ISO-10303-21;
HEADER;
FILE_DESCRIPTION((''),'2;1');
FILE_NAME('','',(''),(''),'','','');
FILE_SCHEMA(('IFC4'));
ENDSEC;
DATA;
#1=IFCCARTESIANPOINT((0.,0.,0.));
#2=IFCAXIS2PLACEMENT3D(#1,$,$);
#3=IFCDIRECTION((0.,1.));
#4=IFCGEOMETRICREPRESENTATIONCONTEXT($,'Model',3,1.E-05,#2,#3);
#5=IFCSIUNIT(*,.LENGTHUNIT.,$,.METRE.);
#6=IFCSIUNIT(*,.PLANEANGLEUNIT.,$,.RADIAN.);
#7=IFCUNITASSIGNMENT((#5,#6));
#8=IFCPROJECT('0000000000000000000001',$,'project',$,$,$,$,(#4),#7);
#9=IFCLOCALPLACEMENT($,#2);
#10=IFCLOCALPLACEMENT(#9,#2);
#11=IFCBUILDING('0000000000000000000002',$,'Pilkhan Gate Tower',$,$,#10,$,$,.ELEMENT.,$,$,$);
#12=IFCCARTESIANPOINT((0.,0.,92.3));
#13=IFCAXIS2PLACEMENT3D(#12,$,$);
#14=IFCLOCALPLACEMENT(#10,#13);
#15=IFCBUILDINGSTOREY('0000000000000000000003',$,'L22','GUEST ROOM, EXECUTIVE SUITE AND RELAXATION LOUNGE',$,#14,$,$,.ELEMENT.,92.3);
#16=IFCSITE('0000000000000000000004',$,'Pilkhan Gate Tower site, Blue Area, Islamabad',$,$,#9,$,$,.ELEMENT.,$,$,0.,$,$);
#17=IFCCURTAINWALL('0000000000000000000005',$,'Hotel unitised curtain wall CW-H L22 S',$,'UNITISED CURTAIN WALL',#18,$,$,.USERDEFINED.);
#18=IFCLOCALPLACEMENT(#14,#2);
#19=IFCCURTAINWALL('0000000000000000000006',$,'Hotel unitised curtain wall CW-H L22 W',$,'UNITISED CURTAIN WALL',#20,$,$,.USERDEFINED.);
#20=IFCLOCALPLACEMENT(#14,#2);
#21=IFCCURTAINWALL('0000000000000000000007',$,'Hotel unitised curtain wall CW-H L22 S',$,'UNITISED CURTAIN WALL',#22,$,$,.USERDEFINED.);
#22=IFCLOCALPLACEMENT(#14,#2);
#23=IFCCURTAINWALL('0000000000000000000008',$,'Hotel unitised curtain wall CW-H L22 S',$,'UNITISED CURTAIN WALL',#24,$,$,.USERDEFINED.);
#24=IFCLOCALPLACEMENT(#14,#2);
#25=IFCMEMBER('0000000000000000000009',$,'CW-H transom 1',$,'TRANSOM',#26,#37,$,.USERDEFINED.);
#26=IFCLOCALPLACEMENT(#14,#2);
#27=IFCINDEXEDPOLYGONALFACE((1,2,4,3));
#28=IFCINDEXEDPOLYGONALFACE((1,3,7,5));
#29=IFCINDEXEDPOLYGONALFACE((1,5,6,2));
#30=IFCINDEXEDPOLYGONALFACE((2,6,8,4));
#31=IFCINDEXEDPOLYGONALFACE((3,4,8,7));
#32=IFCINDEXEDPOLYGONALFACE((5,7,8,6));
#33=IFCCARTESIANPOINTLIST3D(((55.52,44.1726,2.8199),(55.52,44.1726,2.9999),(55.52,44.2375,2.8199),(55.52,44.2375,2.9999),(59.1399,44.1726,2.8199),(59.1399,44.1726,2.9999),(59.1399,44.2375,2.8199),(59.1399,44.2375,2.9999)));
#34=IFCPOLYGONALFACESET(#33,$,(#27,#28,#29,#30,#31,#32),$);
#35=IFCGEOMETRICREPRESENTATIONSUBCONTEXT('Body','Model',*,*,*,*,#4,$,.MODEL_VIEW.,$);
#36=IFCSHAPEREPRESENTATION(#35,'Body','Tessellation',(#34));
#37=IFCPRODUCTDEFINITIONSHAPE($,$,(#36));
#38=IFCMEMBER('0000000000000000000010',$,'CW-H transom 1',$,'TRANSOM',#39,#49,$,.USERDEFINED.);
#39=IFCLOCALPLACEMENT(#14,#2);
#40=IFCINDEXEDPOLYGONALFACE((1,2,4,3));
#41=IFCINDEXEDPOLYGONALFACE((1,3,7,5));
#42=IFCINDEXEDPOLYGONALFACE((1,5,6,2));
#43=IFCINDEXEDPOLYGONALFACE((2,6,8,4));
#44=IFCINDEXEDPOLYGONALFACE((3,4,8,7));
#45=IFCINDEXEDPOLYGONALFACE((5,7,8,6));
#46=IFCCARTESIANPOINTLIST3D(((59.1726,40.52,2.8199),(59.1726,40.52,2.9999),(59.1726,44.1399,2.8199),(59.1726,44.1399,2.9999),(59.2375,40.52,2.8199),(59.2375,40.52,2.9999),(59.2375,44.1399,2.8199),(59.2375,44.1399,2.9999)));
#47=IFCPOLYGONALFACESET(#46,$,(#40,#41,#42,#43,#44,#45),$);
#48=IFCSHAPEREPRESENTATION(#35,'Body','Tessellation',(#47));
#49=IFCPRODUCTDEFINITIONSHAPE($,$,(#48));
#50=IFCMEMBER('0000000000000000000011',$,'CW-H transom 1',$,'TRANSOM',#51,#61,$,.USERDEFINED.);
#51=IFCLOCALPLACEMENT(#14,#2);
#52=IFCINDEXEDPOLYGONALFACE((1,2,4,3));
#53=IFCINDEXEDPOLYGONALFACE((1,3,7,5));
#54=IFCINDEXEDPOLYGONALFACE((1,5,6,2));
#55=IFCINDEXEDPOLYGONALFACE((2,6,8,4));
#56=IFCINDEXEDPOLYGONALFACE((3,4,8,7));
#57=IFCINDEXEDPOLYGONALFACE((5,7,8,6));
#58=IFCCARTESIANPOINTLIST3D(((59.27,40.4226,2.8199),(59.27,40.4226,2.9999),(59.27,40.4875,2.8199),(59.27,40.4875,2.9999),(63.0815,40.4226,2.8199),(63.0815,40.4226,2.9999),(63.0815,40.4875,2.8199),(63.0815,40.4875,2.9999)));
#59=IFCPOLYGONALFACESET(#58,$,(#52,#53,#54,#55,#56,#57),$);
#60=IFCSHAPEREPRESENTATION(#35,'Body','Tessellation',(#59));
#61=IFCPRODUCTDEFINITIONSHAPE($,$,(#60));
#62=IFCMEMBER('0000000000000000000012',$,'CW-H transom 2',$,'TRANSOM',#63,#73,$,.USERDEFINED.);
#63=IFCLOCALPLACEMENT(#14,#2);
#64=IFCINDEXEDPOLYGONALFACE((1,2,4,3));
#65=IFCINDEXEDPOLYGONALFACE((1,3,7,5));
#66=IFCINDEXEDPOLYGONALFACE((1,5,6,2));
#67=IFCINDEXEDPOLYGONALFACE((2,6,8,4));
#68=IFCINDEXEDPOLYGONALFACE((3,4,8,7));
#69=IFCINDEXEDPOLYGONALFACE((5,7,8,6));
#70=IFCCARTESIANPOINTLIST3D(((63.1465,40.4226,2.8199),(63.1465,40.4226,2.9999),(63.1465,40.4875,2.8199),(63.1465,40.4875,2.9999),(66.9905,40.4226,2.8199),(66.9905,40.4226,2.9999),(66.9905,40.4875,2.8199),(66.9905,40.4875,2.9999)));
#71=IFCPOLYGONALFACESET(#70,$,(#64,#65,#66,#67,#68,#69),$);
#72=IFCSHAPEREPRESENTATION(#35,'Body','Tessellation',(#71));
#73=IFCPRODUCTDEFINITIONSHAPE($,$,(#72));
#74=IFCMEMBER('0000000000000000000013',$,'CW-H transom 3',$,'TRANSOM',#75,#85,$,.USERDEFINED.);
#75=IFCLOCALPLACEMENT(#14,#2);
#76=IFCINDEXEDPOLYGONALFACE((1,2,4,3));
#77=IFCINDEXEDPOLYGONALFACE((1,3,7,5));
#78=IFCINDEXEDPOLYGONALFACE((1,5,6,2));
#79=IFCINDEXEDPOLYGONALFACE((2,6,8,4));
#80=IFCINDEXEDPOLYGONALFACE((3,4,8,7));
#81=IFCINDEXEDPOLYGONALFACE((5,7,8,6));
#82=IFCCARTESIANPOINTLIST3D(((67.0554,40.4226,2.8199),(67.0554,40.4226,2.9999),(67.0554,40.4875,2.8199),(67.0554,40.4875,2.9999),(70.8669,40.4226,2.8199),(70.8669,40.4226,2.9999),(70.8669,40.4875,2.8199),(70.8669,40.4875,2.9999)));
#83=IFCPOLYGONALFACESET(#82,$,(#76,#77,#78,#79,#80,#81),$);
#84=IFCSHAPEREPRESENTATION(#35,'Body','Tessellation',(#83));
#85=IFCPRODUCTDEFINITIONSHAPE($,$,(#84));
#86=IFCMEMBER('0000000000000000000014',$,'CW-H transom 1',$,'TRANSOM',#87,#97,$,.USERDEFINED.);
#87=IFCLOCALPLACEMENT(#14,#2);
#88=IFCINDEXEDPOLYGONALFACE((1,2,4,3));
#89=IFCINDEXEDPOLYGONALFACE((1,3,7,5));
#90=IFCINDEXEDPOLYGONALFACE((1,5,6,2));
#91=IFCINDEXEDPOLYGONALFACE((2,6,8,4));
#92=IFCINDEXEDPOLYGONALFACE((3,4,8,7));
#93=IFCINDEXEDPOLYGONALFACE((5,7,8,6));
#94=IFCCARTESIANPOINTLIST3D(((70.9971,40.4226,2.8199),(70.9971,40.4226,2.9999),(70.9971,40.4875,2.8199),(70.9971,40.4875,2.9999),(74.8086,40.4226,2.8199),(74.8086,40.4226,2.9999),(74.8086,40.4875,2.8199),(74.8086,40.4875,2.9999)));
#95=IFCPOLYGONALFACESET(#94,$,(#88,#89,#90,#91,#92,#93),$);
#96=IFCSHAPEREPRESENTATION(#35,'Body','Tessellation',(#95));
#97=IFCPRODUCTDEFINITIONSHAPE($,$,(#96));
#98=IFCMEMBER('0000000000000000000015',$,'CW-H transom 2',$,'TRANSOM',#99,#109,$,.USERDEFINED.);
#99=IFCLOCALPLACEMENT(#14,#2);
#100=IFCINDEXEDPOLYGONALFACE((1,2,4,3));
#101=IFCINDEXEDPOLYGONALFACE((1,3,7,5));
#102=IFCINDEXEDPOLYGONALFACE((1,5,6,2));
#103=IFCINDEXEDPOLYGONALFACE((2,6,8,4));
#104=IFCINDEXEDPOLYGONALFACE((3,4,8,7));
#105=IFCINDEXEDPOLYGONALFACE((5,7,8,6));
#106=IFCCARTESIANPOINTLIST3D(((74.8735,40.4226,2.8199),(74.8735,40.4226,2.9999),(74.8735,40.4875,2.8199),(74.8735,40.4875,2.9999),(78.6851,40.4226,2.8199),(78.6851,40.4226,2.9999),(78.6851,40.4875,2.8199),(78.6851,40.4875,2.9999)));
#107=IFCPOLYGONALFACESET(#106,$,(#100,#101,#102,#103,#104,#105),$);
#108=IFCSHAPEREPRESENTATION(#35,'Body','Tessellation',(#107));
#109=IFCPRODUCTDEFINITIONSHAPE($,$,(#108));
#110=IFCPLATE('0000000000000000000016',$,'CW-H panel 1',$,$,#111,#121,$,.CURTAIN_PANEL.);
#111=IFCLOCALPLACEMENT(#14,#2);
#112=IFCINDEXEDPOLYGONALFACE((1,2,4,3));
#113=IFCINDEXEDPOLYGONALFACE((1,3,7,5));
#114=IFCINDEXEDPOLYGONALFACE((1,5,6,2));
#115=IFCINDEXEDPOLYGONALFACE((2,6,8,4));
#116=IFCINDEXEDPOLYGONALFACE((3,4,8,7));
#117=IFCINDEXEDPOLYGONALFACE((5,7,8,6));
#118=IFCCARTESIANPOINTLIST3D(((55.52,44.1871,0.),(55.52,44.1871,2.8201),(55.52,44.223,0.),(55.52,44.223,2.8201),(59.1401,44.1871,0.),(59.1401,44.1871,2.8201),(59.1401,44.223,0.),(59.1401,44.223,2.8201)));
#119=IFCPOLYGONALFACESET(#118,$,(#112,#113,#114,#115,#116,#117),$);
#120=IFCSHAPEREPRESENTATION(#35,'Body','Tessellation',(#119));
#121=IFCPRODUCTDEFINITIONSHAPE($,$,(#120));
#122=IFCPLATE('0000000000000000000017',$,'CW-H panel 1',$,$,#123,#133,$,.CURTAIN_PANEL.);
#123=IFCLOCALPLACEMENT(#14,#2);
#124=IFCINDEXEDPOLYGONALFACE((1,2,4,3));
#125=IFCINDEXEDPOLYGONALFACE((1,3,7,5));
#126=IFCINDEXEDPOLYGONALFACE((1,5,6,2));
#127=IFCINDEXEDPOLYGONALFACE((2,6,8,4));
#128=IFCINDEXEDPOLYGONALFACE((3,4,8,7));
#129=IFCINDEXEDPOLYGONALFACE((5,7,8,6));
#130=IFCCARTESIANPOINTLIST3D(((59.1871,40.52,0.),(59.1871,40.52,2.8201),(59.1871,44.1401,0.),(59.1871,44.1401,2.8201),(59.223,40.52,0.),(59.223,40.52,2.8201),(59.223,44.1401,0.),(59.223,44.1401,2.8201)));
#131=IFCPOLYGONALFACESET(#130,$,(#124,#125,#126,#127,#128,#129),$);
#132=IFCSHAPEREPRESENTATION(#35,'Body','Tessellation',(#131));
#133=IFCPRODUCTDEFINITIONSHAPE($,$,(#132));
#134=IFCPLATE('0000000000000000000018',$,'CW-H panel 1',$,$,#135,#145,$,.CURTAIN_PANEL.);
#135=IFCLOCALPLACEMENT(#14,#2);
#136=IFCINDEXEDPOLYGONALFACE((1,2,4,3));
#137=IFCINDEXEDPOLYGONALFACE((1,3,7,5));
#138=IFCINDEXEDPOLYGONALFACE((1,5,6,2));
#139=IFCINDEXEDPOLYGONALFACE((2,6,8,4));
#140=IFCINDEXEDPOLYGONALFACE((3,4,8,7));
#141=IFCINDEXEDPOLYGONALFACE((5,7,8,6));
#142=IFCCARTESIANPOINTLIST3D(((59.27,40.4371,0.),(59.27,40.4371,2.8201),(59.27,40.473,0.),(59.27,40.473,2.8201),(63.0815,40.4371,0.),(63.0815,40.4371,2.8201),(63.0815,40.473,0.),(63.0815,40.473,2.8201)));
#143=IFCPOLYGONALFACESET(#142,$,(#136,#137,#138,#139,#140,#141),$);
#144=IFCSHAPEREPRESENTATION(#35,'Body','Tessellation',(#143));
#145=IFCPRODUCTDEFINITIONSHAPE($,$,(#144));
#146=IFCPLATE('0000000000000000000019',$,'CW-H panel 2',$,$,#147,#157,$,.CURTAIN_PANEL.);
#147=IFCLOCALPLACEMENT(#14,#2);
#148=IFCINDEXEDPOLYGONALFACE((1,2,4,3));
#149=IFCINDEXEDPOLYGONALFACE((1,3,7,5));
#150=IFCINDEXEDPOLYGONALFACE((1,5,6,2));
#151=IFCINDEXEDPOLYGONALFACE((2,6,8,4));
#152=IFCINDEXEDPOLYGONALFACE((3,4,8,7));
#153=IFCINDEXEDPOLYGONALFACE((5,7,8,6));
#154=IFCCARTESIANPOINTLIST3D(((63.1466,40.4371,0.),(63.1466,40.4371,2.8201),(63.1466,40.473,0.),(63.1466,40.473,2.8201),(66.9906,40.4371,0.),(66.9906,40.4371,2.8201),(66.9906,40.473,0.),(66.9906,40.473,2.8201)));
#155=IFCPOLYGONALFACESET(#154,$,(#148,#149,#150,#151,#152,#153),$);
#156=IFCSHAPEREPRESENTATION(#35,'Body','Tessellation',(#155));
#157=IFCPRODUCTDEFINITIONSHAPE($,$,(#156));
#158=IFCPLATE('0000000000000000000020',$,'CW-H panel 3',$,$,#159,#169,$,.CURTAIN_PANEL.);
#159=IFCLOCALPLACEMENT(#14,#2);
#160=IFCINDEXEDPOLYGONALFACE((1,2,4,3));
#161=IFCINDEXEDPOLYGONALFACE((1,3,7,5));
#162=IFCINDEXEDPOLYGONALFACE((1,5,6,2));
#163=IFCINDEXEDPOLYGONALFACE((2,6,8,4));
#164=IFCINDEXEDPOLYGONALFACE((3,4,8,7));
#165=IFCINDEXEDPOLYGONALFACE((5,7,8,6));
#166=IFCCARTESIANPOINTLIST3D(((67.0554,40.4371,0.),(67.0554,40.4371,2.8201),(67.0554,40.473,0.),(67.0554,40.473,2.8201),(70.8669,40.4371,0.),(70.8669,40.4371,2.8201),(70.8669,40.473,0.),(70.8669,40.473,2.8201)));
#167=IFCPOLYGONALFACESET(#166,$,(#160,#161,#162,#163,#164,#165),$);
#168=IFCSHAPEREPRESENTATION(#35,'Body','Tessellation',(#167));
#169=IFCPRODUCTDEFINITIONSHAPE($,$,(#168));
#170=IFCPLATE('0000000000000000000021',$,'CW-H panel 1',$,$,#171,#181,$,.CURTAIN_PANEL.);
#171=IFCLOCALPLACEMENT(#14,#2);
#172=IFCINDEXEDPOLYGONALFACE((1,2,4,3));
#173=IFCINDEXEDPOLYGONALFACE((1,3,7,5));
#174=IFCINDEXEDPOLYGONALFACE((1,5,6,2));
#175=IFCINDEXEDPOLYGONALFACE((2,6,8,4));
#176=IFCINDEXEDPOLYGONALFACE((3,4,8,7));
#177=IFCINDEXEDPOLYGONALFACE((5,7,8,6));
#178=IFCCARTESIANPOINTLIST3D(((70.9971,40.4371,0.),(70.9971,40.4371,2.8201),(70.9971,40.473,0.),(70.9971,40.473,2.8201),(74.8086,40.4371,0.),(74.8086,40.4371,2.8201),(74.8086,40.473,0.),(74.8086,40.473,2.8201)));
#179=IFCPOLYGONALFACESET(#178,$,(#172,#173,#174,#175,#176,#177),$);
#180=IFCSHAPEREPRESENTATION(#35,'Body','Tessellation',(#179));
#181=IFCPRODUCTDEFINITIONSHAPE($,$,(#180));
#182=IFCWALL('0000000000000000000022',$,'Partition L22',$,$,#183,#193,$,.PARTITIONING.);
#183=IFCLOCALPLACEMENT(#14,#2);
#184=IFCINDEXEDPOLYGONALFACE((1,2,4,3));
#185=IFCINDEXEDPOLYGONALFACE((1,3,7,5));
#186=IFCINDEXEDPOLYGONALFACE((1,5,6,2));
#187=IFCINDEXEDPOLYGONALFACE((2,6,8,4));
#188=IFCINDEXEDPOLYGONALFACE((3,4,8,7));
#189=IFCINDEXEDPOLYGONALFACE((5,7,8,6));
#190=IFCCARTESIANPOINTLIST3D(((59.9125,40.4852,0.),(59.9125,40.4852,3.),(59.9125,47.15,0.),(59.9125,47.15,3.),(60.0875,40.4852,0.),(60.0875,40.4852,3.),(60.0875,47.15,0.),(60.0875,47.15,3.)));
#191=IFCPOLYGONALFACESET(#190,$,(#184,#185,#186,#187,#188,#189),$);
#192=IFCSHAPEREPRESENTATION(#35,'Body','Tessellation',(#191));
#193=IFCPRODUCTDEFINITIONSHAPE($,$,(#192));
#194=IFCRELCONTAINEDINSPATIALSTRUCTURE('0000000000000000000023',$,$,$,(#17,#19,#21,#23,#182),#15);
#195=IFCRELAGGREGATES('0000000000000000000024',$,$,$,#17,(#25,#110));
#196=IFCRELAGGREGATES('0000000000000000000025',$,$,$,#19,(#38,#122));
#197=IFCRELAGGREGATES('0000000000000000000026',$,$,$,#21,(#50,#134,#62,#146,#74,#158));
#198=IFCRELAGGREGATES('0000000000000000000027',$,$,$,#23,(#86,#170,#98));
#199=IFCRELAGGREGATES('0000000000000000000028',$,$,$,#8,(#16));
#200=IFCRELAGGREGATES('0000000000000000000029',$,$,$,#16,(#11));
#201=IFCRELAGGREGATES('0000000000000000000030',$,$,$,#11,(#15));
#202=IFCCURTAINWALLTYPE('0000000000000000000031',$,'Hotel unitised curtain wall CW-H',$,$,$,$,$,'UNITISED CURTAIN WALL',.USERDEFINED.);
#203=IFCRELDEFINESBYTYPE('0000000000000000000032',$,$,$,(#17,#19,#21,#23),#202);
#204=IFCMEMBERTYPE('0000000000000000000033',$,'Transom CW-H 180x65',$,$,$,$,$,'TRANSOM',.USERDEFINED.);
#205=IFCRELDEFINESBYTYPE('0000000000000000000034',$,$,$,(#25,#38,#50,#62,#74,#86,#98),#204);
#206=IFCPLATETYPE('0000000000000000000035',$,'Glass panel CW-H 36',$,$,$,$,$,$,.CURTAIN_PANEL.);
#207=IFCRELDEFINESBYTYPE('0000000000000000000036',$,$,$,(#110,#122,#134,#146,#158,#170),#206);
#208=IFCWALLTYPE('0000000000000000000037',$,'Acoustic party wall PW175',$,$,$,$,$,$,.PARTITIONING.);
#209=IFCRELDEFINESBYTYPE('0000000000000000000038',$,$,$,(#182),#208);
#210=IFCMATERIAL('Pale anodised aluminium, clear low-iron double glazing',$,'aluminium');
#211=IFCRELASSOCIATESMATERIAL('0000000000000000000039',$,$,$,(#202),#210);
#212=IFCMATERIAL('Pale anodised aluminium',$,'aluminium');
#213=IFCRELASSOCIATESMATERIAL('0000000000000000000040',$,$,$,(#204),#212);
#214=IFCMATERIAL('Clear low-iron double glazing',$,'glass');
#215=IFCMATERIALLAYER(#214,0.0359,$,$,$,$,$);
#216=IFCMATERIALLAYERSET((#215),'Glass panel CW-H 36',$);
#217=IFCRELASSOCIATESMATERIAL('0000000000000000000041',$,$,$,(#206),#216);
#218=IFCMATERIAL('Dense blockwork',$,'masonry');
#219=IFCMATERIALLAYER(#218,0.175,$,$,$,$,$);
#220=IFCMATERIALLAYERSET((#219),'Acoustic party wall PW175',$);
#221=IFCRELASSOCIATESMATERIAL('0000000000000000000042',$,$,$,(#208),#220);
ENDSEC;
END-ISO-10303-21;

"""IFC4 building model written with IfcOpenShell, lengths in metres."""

from ifc_helpers import new_model, si_unit, direction, frame, frame_2d, origin, origin_2d, place, context, subcontext, project, spatial, rectangle, extrude, material, layer, layer_set, material_profile, profile_set, type_object, element, aggregate, save


model = new_model("IFC4")

# Units and contexts
model_context = context("Model", 3, precision=1e-05, world=origin(), true_north=direction((0.0, 1.0)))
body_context = subcontext(model_context, "Body", "Model", "MODEL_VIEW")
ifc_project = project(units=[si_unit("LENGTHUNIT", "METRE"), si_unit("PLANEANGLEUNIT", "RADIAN")], contexts=[model_context])

# Site, building, storey
site_placement = place(None, origin())
site = spatial("IfcSite", under=ifc_project, at=site_placement, Name="Pilkhan Gate Tower site, Blue Area, Islamabad", CompositionType="ELEMENT", RefElevation=0.0)
building_placement = place(site_placement, origin())
building = spatial("IfcBuilding", under=site, at=building_placement, Name="Pilkhan Gate Tower", CompositionType="ELEMENT")
storey_placement = place(building_placement, frame((0.0, 0.0, 92.3)))
storey = spatial("IfcBuildingStorey", under=building, at=storey_placement, Name="L22", Description="GUEST ROOM, EXECUTIVE SUITE AND RELAXATION LOUNGE", CompositionType="ELEMENT", Elevation=92.3)

# Shared definitions
ifc_material_1 = material(Name="Pale anodised aluminium, clear low-iron double glazing", Category="aluminium")
curtain_wall_type = type_object("IfcCurtainWallType", Name="Hotel unitised curtain wall CW-H", ElementType="UNITISED CURTAIN WALL", PredefinedType="USERDEFINED", material=ifc_material_1)
ifc_material_2 = material(Name="Pale anodised aluminium", Category="aluminium")

# Curtain walls
curtain_wall_1_placement = place(storey_placement, origin())
curtain_wall_1 = element("IfcCurtainWall", 1, at=curtain_wall_1_placement, inside=storey, type_object=curtain_wall_type, Name="Hotel unitised curtain wall CW-H L22 S", ObjectType="UNITISED CURTAIN WALL", PredefinedType="USERDEFINED")
curtain_wall_2_placement = place(storey_placement, origin())
curtain_wall_2 = element("IfcCurtainWall", 2, at=curtain_wall_2_placement, inside=storey, type_object=curtain_wall_type, Name="Hotel unitised curtain wall CW-H L22 W", ObjectType="UNITISED CURTAIN WALL", PredefinedType="USERDEFINED")
curtain_wall_3_placement = place(storey_placement, origin())
curtain_wall_3 = element("IfcCurtainWall", 3, at=curtain_wall_3_placement, inside=storey, type_object=curtain_wall_type, Name="Hotel unitised curtain wall CW-H L22 S", ObjectType="UNITISED CURTAIN WALL", PredefinedType="USERDEFINED")
curtain_wall_4_placement = place(storey_placement, origin())
curtain_wall_4 = element("IfcCurtainWall", 4, at=curtain_wall_4_placement, inside=storey, type_object=curtain_wall_type, Name="Hotel unitised curtain wall CW-H L22 S", ObjectType="UNITISED CURTAIN WALL", PredefinedType="USERDEFINED")

# Members
ifc_material_profile_1 = material_profile(ifc_material_2, rectangle(XDim=0.0649, YDim=0.1799, at=origin_2d()), Name="Transom 180x65")
ifc_profile_set_1 = profile_set([ifc_material_profile_1], Name="Pale anodised aluminium")
member_type_1 = type_object("IfcMemberType", Name="Transom CW-H 180x65", ElementType="TRANSOM", PredefinedType="USERDEFINED", material=ifc_profile_set_1)
member_1_placement = place(storey_placement, frame((55.52, 44.2051, 2.9099), z_axis=(1.0, 0.0, 0.0), x_axis=(0.0, 1.0, 0.0)))
member_1 = element("IfcMember", 5, at=member_1_placement, type_object=member_type_1, Name="CW-H transom 1", ObjectType="TRANSOM", PredefinedType="USERDEFINED", context=body_context, shape_type="SweptSolid", body=[
    extrude(rectangle(XDim=0.0649, YDim=0.1799, at=origin_2d()), origin(), (0.0, 0.0, 1.0), 3.6199),
])
member_2_placement = place(storey_placement, frame((59.2051, 40.52, 2.9099), z_axis=(0.0, 1.0, 0.0), x_axis=(-1.0, 0.0, 0.0)))
member_2 = element("IfcMember", 6, at=member_2_placement, type_object=member_type_1, Name="CW-H transom 1", ObjectType="TRANSOM", PredefinedType="USERDEFINED", context=body_context, shape_type="SweptSolid", body=[
    extrude(rectangle(XDim=0.0649, YDim=0.1799, at=origin_2d()), origin(), (0.0, 0.0, 1.0), 3.6199),
])
member_3_placement = place(storey_placement, frame((59.27, 40.4551, 2.9099), z_axis=(1.0, 0.0, 0.0), x_axis=(0.0, 1.0, 0.0)))
member_3 = element("IfcMember", 7, at=member_3_placement, type_object=member_type_1, Name="CW-H transom 1", ObjectType="TRANSOM", PredefinedType="USERDEFINED", context=body_context, shape_type="SweptSolid", body=[
    extrude(rectangle(XDim=0.0649, YDim=0.1799, at=origin_2d()), origin(), (0.0, 0.0, 1.0), 3.8115),
])
member_4_placement = place(storey_placement, frame((63.1465, 40.4551, 2.9099), z_axis=(1.0, 0.0, 0.0), x_axis=(0.0, 1.0, 0.0)))
member_4 = element("IfcMember", 8, at=member_4_placement, type_object=member_type_1, Name="CW-H transom 2", ObjectType="TRANSOM", PredefinedType="USERDEFINED", context=body_context, shape_type="SweptSolid", body=[
    extrude(rectangle(XDim=0.0649, YDim=0.1799, at=origin_2d()), origin(), (0.0, 0.0, 1.0), 3.844),
])
member_5_placement = place(storey_placement, frame((67.0554, 40.4551, 2.9099), z_axis=(1.0, 0.0, 0.0), x_axis=(0.0, 1.0, 0.0)))
member_5 = element("IfcMember", 9, at=member_5_placement, type_object=member_type_1, Name="CW-H transom 3", ObjectType="TRANSOM", PredefinedType="USERDEFINED", context=body_context, shape_type="SweptSolid", body=[
    extrude(rectangle(XDim=0.0649, YDim=0.1799, at=origin_2d()), origin(), (0.0, 0.0, 1.0), 3.8115),
])
member_6_placement = place(storey_placement, frame((70.9971, 40.4551, 2.9099), z_axis=(1.0, 0.0, 0.0), x_axis=(0.0, 1.0, 0.0)))
member_6 = element("IfcMember", 10, at=member_6_placement, type_object=member_type_1, Name="CW-H transom 1", ObjectType="TRANSOM", PredefinedType="USERDEFINED", context=body_context, shape_type="SweptSolid", body=[
    extrude(rectangle(XDim=0.0649, YDim=0.1799, at=origin_2d()), origin(), (0.0, 0.0, 1.0), 3.8115),
])
member_7_placement = place(storey_placement, frame((74.8735, 40.4551, 2.9099), z_axis=(1.0, 0.0, 0.0), x_axis=(0.0, 1.0, 0.0)))
member_7 = element("IfcMember", 11, at=member_7_placement, type_object=member_type_1, Name="CW-H transom 2", ObjectType="TRANSOM", PredefinedType="USERDEFINED", context=body_context, shape_type="SweptSolid", body=[
    extrude(rectangle(XDim=0.0649, YDim=0.1799, at=origin_2d()), origin(), (0.0, 0.0, 1.0), 3.8115),
])

# Plates
ifc_material_3 = material(Name="Clear low-iron double glazing", Category="glass")
ifc_layer_1 = layer(ifc_material_3, 0.0359)
ifc_layer_set_1 = layer_set([ifc_layer_1], Name="Glass panel CW-H 36")
plate_type = type_object("IfcPlateType", Name="Glass panel CW-H 36", PredefinedType="CURTAIN_PANEL", material=ifc_layer_set_1)
plate_1_placement = place(storey_placement, frame((57.3301, 44.2051, 0.0), z_axis=(0.0, 0.0, 1.0), x_axis=(1.0, 0.0, 0.0)))
plate_1 = element("IfcPlate", 12, at=plate_1_placement, type_object=plate_type, Name="CW-H panel 1", PredefinedType="CURTAIN_PANEL", context=body_context, shape_type="SweptSolid", body=[
    extrude(rectangle(XDim=3.6201, YDim=0.0359, at=origin_2d()), origin(), (0.0, 0.0, 1.0), 2.8201),
])
aggregate(curtain_wall_1, [member_1, plate_1])
plate_2_placement = place(storey_placement, frame((59.2051, 42.3301, 0.0), z_axis=(0.0, 0.0, 1.0), x_axis=(0.0, 1.0, 0.0)))
plate_2 = element("IfcPlate", 13, at=plate_2_placement, type_object=plate_type, Name="CW-H panel 1", PredefinedType="CURTAIN_PANEL", context=body_context, shape_type="SweptSolid", body=[
    extrude(rectangle(XDim=3.6201, YDim=0.0359, at=origin_2d()), origin(), (0.0, 0.0, 1.0), 2.8201),
])
aggregate(curtain_wall_2, [member_2, plate_2])
plate_3_placement = place(storey_placement, frame((61.1758, 40.4551, 0.0), z_axis=(0.0, 0.0, 1.0), x_axis=(1.0, 0.0, 0.0)))
plate_3 = element("IfcPlate", 14, at=plate_3_placement, type_object=plate_type, Name="CW-H panel 1", PredefinedType="CURTAIN_PANEL", context=body_context, shape_type="SweptSolid", body=[
    extrude(rectangle(XDim=3.8115, YDim=0.0359, at=origin_2d()), origin(), (0.0, 0.0, 1.0), 2.8201),
])
plate_4_placement = place(storey_placement, frame((65.0686, 40.4551, 0.0), z_axis=(0.0, 0.0, 1.0), x_axis=(1.0, 0.0, 0.0)))
plate_4 = element("IfcPlate", 15, at=plate_4_placement, type_object=plate_type, Name="CW-H panel 2", PredefinedType="CURTAIN_PANEL", context=body_context, shape_type="SweptSolid", body=[
    extrude(rectangle(XDim=3.844, YDim=0.0359, at=origin_2d()), origin(), (0.0, 0.0, 1.0), 2.8201),
])
plate_5_placement = place(storey_placement, frame((68.9612, 40.4551, 0.0), z_axis=(0.0, 0.0, 1.0), x_axis=(1.0, 0.0, 0.0)))
plate_5 = element("IfcPlate", 16, at=plate_5_placement, type_object=plate_type, Name="CW-H panel 3", PredefinedType="CURTAIN_PANEL", context=body_context, shape_type="SweptSolid", body=[
    extrude(rectangle(XDim=3.8115, YDim=0.0359, at=origin_2d()), origin(), (0.0, 0.0, 1.0), 2.8201),
])
aggregate(curtain_wall_3, [member_3, plate_3, member_4, plate_4, member_5, plate_5])
plate_6_placement = place(storey_placement, frame((72.9028, 40.4551, 0.0), z_axis=(0.0, 0.0, 1.0), x_axis=(1.0, 0.0, 0.0)))
plate_6 = element("IfcPlate", 17, at=plate_6_placement, type_object=plate_type, Name="CW-H panel 1", PredefinedType="CURTAIN_PANEL", context=body_context, shape_type="SweptSolid", body=[
    extrude(rectangle(XDim=3.8115, YDim=0.0359, at=origin_2d()), origin(), (0.0, 0.0, 1.0), 2.8201),
])
aggregate(curtain_wall_4, [member_6, plate_6, member_7])

# Wall
ifc_material_4 = material(Name="Dense blockwork", Category="masonry")
ifc_layer_2 = layer(ifc_material_4, 0.175)
ifc_layer_set_2 = layer_set([ifc_layer_2], Name="Acoustic party wall PW175")
wall_type_1 = type_object("IfcWallType", Name="Acoustic party wall PW175", PredefinedType="PARTITIONING", material=ifc_layer_set_2)
wall_1_placement = place(storey_placement, frame((60.0, 40.4851, 0.0), z_axis=(0.0, 0.0, 1.0), x_axis=(0.0, 1.0, 0.0)))
element("IfcWall", 18, at=wall_1_placement, inside=storey, type_object=wall_type_1, Name="Partition L22", PredefinedType="PARTITIONING", context=body_context, shape_type="SweptSolid", body=[
    extrude(rectangle(XDim=6.6648, YDim=0.175, at=frame_2d((3.3325, 0.0))), origin(), (0.0, 0.0, 1.0), 3.0),
])

save(model, "model.ifc")
